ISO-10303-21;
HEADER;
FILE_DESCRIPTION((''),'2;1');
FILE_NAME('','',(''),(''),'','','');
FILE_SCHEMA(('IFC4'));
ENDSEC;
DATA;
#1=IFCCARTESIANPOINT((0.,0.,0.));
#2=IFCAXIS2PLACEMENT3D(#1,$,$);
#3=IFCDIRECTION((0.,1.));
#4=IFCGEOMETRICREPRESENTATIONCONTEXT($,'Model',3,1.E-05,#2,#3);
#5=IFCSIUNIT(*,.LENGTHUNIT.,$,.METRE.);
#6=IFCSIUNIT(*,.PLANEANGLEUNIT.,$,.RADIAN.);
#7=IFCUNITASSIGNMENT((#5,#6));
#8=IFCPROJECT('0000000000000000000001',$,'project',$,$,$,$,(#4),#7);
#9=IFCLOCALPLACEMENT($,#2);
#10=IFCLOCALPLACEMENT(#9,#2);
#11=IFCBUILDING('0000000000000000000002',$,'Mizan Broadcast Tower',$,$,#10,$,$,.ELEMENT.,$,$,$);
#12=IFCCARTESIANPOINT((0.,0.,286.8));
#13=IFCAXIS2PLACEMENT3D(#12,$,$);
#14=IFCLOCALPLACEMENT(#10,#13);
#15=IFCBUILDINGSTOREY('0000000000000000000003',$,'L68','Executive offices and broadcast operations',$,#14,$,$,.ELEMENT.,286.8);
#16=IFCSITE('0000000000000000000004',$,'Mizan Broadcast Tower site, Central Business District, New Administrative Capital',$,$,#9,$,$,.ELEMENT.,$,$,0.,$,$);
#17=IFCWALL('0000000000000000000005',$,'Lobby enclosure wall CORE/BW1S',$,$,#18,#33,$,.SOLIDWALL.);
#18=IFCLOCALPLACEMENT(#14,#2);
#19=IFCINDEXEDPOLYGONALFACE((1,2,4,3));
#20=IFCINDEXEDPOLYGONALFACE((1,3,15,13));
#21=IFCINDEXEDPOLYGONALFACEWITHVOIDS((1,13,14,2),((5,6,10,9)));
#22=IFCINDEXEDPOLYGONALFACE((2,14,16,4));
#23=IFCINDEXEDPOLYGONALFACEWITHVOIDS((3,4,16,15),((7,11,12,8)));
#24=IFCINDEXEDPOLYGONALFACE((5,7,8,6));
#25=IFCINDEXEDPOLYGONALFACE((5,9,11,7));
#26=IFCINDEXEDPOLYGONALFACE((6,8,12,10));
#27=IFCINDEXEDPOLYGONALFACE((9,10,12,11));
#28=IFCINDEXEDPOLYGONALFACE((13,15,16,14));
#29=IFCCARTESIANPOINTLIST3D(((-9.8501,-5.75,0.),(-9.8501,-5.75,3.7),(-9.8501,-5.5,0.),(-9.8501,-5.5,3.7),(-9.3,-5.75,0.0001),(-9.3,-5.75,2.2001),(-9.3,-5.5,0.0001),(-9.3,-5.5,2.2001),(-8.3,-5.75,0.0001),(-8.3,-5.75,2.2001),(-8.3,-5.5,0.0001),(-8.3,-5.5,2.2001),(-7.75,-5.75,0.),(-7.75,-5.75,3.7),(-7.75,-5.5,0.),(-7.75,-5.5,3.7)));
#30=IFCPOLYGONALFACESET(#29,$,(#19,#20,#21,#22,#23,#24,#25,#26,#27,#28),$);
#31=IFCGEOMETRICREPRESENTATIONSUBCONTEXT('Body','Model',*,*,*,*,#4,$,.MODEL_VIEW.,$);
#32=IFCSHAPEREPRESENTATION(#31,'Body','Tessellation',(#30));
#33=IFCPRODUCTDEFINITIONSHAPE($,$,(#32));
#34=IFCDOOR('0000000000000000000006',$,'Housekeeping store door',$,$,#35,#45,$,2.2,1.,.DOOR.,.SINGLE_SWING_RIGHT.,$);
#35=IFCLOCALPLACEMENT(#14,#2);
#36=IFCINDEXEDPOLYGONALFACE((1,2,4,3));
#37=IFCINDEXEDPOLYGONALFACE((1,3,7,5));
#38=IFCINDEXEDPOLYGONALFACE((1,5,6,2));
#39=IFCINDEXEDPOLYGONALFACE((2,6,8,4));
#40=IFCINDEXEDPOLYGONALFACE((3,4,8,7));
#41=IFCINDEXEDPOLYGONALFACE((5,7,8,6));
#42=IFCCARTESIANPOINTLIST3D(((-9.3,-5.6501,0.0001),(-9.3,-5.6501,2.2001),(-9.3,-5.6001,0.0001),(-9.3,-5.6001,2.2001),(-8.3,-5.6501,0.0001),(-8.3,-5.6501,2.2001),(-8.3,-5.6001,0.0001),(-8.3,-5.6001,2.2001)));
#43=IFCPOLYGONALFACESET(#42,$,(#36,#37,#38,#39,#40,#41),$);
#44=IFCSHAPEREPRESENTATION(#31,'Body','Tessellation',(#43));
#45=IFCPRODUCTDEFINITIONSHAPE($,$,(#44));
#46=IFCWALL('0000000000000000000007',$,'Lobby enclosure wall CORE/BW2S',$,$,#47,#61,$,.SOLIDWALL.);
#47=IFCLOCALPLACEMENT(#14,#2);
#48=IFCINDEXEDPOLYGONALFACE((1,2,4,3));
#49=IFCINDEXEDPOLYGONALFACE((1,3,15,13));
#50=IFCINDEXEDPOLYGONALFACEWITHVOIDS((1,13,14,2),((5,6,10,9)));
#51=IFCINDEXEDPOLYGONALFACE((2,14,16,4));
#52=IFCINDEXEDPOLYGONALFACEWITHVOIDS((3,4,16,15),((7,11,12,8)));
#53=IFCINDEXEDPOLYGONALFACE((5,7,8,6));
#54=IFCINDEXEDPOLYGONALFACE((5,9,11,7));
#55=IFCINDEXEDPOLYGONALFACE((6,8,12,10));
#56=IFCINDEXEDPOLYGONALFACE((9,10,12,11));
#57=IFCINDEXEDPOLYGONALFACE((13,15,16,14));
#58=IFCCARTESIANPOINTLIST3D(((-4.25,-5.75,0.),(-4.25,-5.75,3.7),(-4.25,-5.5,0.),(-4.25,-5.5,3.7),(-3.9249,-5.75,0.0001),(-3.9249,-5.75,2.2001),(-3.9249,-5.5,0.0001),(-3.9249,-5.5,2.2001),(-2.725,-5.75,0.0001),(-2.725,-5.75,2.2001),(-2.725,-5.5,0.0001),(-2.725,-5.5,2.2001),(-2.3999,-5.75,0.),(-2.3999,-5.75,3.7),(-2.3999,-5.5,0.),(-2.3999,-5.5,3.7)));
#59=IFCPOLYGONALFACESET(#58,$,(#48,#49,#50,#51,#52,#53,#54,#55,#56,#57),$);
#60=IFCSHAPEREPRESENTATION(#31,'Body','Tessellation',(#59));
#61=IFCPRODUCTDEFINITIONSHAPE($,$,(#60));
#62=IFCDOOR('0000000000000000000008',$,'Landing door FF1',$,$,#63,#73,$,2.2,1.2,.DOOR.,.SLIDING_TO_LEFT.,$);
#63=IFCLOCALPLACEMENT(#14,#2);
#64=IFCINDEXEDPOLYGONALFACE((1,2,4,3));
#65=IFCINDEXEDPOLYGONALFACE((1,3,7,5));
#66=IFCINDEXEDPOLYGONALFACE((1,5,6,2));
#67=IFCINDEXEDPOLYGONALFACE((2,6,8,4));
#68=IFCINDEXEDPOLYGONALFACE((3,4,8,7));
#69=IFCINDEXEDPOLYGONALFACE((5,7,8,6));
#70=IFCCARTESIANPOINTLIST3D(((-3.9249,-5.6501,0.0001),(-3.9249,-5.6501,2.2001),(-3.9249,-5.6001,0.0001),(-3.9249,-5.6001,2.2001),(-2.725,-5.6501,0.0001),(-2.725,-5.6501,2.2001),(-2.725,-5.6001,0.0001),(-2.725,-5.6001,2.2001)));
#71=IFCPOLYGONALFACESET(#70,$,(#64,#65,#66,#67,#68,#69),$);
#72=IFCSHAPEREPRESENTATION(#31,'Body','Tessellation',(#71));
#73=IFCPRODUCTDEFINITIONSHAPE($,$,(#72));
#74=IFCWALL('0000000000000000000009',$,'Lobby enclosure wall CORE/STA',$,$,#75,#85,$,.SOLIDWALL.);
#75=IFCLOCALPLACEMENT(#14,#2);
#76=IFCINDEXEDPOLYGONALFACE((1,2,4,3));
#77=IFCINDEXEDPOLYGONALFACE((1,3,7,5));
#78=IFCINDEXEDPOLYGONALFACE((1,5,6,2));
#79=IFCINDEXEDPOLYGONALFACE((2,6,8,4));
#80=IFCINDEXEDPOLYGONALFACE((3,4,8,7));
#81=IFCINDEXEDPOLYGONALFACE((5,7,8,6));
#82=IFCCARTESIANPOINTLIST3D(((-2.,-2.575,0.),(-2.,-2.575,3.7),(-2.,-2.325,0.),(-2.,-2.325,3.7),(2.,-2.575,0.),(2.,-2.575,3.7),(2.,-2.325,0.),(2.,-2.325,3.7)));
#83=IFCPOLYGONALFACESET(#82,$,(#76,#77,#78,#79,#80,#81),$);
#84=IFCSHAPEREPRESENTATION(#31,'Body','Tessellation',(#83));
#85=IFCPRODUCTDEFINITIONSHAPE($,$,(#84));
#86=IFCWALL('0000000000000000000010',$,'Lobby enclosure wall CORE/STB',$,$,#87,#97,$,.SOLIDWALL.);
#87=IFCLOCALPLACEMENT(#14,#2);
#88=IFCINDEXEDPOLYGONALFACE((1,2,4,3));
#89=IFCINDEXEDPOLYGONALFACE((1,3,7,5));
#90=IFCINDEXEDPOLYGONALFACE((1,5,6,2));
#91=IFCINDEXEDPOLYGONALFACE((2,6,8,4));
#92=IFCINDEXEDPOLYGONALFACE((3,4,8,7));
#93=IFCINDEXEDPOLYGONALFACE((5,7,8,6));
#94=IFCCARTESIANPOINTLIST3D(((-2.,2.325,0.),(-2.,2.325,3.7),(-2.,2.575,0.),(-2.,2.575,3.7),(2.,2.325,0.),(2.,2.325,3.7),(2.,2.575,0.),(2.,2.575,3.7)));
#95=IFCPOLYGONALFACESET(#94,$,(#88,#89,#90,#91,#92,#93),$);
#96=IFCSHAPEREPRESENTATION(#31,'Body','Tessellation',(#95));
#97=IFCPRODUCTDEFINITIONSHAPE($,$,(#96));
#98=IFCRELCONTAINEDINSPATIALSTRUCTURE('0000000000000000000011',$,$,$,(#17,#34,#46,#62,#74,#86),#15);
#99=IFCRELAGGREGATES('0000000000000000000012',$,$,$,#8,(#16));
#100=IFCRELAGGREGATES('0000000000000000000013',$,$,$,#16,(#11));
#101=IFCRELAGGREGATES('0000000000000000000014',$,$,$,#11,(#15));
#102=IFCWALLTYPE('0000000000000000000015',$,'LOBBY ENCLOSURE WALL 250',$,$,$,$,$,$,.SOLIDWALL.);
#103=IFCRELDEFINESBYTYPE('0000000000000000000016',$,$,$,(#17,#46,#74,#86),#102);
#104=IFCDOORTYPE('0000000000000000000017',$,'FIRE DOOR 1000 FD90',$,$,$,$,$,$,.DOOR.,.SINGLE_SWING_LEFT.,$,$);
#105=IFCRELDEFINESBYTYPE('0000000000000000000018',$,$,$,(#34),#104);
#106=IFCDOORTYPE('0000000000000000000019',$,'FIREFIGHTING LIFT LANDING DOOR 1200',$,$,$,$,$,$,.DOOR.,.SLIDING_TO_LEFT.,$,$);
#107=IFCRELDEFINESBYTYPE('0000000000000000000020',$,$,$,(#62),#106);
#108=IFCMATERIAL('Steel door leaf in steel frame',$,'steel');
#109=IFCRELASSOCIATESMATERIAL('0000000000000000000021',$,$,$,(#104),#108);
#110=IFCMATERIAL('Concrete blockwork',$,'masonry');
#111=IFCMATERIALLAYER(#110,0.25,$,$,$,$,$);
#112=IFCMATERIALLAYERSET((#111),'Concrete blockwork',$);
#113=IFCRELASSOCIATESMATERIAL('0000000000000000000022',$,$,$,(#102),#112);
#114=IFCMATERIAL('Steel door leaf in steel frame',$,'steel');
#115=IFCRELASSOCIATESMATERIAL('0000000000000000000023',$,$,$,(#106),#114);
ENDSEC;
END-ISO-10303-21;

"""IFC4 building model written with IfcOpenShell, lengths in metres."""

from ifc_helpers import new_model, si_unit, direction, frame, frame_2d, origin, place, context, subcontext, project, spatial, rectangle, extrude, material, layer, layer_set, type_object, element, fill, save


model = new_model("IFC4")

# Units and contexts
model_context = context("Model", 3, precision=1e-05, world=origin(), true_north=direction((0.0, 1.0)))
body_context = subcontext(model_context, "Body", "Model", "MODEL_VIEW")
ifc_project = project(units=[si_unit("LENGTHUNIT", "METRE"), si_unit("PLANEANGLEUNIT", "RADIAN")], contexts=[model_context])

# Site, building, storey
site_placement = place(None, origin())
site = spatial("IfcSite", under=ifc_project, at=site_placement, Name="Mizan Broadcast Tower site, Central Business District, New Administrative Capital", CompositionType="ELEMENT", RefElevation=0.0)
building_placement = place(site_placement, origin())
building = spatial("IfcBuilding", under=site, at=building_placement, Name="Mizan Broadcast Tower", CompositionType="ELEMENT")
storey_placement = place(building_placement, frame((0.0, 0.0, 286.8)))
storey = spatial("IfcBuildingStorey", under=building, at=storey_placement, Name="L68", Description="Executive offices and broadcast operations", CompositionType="ELEMENT", Elevation=286.8)

# Shared definitions
ifc_material_1 = material(Name="Steel door leaf in steel frame", Category="steel")
door_type_1 = type_object("IfcDoorType", Name="FIRE DOOR 1000 FD90", OperationType="SINGLE_SWING_LEFT", PredefinedType="DOOR", material=ifc_material_1)

# Walls, openings, doors
ifc_material_2 = material(Name="Concrete blockwork", Category="masonry")
ifc_layer_1 = layer(ifc_material_2, 0.25)
ifc_layer_set_1 = layer_set([ifc_layer_1], Name="Concrete blockwork")
wall_type_1 = type_object("IfcWallType", Name="LOBBY ENCLOSURE WALL 250", PredefinedType="SOLIDWALL", material=ifc_layer_set_1)
wall_1_placement = place(storey_placement, frame((-9.8501, -5.625, 0.0), z_axis=(0.0, 0.0, 1.0), x_axis=(1.0, 0.0, 0.0)))
wall_1 = element("IfcWall", 1, at=wall_1_placement, inside=storey, type_object=wall_type_1, Name="Lobby enclosure wall CORE/BW1S", PredefinedType="SOLIDWALL", context=body_context, shape_type="SweptSolid", body=[
    extrude(rectangle(XDim=2.1001, YDim=0.25, at=frame_2d((1.05, 0.0))), origin(), (0.0, 0.0, 1.0), 3.7),
])
opening_1_placement = place(wall_1_placement, frame((0.55, 0.0, 0.0)))
opening_1 = element("IfcOpeningElement", 2, at=opening_1_placement, cuts=wall_1, PredefinedType="OPENING", context=body_context, shape_type="SweptSolid", body=[
    extrude(rectangle(XDim=1.0, YDim=2.2, at=frame_2d((0.5, 1.1001))), frame((0.0, 0.135, 0.0), z_axis=(0.0, -1.0, 0.0), x_axis=(1.0, 0.0, 0.0)), (0.0, 0.0, 1.0), 0.27),
])
door_1_placement = place(opening_1_placement, origin())
door_1 = element("IfcDoor", 3, at=door_1_placement, inside=storey, type_object=door_type_1, Name="Housekeeping store door", OperationType="SINGLE_SWING_RIGHT", OverallHeight=2.2, OverallWidth=1.0, PredefinedType="DOOR", context=body_context, shape_type="SweptSolid", body=[
    extrude(rectangle(XDim=1.0, YDim=2.2, at=frame_2d((0.5, 1.1001))), frame((0.0, 0.0249, 0.0), z_axis=(0.0, -1.0, 0.0), x_axis=(1.0, 0.0, 0.0)), (0.0, 0.0, 1.0), 0.05),
])
fill(opening_1, door_1)
wall_2_placement = place(storey_placement, frame((-4.25, -5.625, 0.0), z_axis=(0.0, 0.0, 1.0), x_axis=(1.0, 0.0, 0.0)))
wall_2 = element("IfcWall", 4, at=wall_2_placement, inside=storey, type_object=wall_type_1, Name="Lobby enclosure wall CORE/BW2S", PredefinedType="SOLIDWALL", context=body_context, shape_type="SweptSolid", body=[
    extrude(rectangle(XDim=1.8501, YDim=0.25, at=frame_2d((0.925, 0.0))), origin(), (0.0, 0.0, 1.0), 3.7),
])
opening_2_placement = place(wall_2_placement, frame((0.325, 0.0, 0.0)))
opening_2 = element("IfcOpeningElement", 5, at=opening_2_placement, cuts=wall_2, PredefinedType="OPENING", context=body_context, shape_type="SweptSolid", body=[
    extrude(rectangle(XDim=1.2, YDim=2.2, at=frame_2d((0.6001, 1.1001))), frame((0.0, 0.135, 0.0), z_axis=(0.0, -1.0, 0.0), x_axis=(1.0, 0.0, 0.0)), (0.0, 0.0, 1.0), 0.27),
])
ifc_material_3 = material(Name="Steel door leaf in steel frame", Category="steel")
door_type_2 = type_object("IfcDoorType", Name="FIREFIGHTING LIFT LANDING DOOR 1200", OperationType="SLIDING_TO_LEFT", PredefinedType="DOOR", material=ifc_material_3)
door_2_placement = place(opening_2_placement, origin())
door_2 = element("IfcDoor", 6, at=door_2_placement, inside=storey, type_object=door_type_2, Name="Landing door FF1", OperationType="SLIDING_TO_LEFT", OverallHeight=2.2, OverallWidth=1.2, PredefinedType="DOOR", context=body_context, shape_type="SweptSolid", body=[
    extrude(rectangle(XDim=1.2, YDim=2.2, at=frame_2d((0.6001, 1.1001))), frame((0.0, 0.0249, 0.0), z_axis=(0.0, -1.0, 0.0), x_axis=(1.0, 0.0, 0.0)), (0.0, 0.0, 1.0), 0.05),
])
fill(opening_2, door_2)

# Walls
for number, where, z_axis, x_axis, name in (
    (7, (-2.0, -2.45, 0.0), (0.0, 0.0, 1.0), (1.0, 0.0, 0.0), "Lobby enclosure wall CORE/STA"),
    (8, (-2.0, 2.45, 0.0), (0.0, 0.0, 1.0), (1.0, 0.0, 0.0), "Lobby enclosure wall CORE/STB"),
):
    element("IfcWall", number, at=place(storey_placement, frame(where, z_axis=z_axis, x_axis=x_axis)), inside=storey, type_object=wall_type_1, Name=name, PredefinedType="SOLIDWALL", context=body_context, shape_type="SweptSolid", body=[
        extrude(rectangle(XDim=4.0, YDim=0.25, at=frame_2d((2.0, 0.0))), origin(), (0.0, 0.0, 1.0), 3.7),
    ])

save(model, "model.ifc")
